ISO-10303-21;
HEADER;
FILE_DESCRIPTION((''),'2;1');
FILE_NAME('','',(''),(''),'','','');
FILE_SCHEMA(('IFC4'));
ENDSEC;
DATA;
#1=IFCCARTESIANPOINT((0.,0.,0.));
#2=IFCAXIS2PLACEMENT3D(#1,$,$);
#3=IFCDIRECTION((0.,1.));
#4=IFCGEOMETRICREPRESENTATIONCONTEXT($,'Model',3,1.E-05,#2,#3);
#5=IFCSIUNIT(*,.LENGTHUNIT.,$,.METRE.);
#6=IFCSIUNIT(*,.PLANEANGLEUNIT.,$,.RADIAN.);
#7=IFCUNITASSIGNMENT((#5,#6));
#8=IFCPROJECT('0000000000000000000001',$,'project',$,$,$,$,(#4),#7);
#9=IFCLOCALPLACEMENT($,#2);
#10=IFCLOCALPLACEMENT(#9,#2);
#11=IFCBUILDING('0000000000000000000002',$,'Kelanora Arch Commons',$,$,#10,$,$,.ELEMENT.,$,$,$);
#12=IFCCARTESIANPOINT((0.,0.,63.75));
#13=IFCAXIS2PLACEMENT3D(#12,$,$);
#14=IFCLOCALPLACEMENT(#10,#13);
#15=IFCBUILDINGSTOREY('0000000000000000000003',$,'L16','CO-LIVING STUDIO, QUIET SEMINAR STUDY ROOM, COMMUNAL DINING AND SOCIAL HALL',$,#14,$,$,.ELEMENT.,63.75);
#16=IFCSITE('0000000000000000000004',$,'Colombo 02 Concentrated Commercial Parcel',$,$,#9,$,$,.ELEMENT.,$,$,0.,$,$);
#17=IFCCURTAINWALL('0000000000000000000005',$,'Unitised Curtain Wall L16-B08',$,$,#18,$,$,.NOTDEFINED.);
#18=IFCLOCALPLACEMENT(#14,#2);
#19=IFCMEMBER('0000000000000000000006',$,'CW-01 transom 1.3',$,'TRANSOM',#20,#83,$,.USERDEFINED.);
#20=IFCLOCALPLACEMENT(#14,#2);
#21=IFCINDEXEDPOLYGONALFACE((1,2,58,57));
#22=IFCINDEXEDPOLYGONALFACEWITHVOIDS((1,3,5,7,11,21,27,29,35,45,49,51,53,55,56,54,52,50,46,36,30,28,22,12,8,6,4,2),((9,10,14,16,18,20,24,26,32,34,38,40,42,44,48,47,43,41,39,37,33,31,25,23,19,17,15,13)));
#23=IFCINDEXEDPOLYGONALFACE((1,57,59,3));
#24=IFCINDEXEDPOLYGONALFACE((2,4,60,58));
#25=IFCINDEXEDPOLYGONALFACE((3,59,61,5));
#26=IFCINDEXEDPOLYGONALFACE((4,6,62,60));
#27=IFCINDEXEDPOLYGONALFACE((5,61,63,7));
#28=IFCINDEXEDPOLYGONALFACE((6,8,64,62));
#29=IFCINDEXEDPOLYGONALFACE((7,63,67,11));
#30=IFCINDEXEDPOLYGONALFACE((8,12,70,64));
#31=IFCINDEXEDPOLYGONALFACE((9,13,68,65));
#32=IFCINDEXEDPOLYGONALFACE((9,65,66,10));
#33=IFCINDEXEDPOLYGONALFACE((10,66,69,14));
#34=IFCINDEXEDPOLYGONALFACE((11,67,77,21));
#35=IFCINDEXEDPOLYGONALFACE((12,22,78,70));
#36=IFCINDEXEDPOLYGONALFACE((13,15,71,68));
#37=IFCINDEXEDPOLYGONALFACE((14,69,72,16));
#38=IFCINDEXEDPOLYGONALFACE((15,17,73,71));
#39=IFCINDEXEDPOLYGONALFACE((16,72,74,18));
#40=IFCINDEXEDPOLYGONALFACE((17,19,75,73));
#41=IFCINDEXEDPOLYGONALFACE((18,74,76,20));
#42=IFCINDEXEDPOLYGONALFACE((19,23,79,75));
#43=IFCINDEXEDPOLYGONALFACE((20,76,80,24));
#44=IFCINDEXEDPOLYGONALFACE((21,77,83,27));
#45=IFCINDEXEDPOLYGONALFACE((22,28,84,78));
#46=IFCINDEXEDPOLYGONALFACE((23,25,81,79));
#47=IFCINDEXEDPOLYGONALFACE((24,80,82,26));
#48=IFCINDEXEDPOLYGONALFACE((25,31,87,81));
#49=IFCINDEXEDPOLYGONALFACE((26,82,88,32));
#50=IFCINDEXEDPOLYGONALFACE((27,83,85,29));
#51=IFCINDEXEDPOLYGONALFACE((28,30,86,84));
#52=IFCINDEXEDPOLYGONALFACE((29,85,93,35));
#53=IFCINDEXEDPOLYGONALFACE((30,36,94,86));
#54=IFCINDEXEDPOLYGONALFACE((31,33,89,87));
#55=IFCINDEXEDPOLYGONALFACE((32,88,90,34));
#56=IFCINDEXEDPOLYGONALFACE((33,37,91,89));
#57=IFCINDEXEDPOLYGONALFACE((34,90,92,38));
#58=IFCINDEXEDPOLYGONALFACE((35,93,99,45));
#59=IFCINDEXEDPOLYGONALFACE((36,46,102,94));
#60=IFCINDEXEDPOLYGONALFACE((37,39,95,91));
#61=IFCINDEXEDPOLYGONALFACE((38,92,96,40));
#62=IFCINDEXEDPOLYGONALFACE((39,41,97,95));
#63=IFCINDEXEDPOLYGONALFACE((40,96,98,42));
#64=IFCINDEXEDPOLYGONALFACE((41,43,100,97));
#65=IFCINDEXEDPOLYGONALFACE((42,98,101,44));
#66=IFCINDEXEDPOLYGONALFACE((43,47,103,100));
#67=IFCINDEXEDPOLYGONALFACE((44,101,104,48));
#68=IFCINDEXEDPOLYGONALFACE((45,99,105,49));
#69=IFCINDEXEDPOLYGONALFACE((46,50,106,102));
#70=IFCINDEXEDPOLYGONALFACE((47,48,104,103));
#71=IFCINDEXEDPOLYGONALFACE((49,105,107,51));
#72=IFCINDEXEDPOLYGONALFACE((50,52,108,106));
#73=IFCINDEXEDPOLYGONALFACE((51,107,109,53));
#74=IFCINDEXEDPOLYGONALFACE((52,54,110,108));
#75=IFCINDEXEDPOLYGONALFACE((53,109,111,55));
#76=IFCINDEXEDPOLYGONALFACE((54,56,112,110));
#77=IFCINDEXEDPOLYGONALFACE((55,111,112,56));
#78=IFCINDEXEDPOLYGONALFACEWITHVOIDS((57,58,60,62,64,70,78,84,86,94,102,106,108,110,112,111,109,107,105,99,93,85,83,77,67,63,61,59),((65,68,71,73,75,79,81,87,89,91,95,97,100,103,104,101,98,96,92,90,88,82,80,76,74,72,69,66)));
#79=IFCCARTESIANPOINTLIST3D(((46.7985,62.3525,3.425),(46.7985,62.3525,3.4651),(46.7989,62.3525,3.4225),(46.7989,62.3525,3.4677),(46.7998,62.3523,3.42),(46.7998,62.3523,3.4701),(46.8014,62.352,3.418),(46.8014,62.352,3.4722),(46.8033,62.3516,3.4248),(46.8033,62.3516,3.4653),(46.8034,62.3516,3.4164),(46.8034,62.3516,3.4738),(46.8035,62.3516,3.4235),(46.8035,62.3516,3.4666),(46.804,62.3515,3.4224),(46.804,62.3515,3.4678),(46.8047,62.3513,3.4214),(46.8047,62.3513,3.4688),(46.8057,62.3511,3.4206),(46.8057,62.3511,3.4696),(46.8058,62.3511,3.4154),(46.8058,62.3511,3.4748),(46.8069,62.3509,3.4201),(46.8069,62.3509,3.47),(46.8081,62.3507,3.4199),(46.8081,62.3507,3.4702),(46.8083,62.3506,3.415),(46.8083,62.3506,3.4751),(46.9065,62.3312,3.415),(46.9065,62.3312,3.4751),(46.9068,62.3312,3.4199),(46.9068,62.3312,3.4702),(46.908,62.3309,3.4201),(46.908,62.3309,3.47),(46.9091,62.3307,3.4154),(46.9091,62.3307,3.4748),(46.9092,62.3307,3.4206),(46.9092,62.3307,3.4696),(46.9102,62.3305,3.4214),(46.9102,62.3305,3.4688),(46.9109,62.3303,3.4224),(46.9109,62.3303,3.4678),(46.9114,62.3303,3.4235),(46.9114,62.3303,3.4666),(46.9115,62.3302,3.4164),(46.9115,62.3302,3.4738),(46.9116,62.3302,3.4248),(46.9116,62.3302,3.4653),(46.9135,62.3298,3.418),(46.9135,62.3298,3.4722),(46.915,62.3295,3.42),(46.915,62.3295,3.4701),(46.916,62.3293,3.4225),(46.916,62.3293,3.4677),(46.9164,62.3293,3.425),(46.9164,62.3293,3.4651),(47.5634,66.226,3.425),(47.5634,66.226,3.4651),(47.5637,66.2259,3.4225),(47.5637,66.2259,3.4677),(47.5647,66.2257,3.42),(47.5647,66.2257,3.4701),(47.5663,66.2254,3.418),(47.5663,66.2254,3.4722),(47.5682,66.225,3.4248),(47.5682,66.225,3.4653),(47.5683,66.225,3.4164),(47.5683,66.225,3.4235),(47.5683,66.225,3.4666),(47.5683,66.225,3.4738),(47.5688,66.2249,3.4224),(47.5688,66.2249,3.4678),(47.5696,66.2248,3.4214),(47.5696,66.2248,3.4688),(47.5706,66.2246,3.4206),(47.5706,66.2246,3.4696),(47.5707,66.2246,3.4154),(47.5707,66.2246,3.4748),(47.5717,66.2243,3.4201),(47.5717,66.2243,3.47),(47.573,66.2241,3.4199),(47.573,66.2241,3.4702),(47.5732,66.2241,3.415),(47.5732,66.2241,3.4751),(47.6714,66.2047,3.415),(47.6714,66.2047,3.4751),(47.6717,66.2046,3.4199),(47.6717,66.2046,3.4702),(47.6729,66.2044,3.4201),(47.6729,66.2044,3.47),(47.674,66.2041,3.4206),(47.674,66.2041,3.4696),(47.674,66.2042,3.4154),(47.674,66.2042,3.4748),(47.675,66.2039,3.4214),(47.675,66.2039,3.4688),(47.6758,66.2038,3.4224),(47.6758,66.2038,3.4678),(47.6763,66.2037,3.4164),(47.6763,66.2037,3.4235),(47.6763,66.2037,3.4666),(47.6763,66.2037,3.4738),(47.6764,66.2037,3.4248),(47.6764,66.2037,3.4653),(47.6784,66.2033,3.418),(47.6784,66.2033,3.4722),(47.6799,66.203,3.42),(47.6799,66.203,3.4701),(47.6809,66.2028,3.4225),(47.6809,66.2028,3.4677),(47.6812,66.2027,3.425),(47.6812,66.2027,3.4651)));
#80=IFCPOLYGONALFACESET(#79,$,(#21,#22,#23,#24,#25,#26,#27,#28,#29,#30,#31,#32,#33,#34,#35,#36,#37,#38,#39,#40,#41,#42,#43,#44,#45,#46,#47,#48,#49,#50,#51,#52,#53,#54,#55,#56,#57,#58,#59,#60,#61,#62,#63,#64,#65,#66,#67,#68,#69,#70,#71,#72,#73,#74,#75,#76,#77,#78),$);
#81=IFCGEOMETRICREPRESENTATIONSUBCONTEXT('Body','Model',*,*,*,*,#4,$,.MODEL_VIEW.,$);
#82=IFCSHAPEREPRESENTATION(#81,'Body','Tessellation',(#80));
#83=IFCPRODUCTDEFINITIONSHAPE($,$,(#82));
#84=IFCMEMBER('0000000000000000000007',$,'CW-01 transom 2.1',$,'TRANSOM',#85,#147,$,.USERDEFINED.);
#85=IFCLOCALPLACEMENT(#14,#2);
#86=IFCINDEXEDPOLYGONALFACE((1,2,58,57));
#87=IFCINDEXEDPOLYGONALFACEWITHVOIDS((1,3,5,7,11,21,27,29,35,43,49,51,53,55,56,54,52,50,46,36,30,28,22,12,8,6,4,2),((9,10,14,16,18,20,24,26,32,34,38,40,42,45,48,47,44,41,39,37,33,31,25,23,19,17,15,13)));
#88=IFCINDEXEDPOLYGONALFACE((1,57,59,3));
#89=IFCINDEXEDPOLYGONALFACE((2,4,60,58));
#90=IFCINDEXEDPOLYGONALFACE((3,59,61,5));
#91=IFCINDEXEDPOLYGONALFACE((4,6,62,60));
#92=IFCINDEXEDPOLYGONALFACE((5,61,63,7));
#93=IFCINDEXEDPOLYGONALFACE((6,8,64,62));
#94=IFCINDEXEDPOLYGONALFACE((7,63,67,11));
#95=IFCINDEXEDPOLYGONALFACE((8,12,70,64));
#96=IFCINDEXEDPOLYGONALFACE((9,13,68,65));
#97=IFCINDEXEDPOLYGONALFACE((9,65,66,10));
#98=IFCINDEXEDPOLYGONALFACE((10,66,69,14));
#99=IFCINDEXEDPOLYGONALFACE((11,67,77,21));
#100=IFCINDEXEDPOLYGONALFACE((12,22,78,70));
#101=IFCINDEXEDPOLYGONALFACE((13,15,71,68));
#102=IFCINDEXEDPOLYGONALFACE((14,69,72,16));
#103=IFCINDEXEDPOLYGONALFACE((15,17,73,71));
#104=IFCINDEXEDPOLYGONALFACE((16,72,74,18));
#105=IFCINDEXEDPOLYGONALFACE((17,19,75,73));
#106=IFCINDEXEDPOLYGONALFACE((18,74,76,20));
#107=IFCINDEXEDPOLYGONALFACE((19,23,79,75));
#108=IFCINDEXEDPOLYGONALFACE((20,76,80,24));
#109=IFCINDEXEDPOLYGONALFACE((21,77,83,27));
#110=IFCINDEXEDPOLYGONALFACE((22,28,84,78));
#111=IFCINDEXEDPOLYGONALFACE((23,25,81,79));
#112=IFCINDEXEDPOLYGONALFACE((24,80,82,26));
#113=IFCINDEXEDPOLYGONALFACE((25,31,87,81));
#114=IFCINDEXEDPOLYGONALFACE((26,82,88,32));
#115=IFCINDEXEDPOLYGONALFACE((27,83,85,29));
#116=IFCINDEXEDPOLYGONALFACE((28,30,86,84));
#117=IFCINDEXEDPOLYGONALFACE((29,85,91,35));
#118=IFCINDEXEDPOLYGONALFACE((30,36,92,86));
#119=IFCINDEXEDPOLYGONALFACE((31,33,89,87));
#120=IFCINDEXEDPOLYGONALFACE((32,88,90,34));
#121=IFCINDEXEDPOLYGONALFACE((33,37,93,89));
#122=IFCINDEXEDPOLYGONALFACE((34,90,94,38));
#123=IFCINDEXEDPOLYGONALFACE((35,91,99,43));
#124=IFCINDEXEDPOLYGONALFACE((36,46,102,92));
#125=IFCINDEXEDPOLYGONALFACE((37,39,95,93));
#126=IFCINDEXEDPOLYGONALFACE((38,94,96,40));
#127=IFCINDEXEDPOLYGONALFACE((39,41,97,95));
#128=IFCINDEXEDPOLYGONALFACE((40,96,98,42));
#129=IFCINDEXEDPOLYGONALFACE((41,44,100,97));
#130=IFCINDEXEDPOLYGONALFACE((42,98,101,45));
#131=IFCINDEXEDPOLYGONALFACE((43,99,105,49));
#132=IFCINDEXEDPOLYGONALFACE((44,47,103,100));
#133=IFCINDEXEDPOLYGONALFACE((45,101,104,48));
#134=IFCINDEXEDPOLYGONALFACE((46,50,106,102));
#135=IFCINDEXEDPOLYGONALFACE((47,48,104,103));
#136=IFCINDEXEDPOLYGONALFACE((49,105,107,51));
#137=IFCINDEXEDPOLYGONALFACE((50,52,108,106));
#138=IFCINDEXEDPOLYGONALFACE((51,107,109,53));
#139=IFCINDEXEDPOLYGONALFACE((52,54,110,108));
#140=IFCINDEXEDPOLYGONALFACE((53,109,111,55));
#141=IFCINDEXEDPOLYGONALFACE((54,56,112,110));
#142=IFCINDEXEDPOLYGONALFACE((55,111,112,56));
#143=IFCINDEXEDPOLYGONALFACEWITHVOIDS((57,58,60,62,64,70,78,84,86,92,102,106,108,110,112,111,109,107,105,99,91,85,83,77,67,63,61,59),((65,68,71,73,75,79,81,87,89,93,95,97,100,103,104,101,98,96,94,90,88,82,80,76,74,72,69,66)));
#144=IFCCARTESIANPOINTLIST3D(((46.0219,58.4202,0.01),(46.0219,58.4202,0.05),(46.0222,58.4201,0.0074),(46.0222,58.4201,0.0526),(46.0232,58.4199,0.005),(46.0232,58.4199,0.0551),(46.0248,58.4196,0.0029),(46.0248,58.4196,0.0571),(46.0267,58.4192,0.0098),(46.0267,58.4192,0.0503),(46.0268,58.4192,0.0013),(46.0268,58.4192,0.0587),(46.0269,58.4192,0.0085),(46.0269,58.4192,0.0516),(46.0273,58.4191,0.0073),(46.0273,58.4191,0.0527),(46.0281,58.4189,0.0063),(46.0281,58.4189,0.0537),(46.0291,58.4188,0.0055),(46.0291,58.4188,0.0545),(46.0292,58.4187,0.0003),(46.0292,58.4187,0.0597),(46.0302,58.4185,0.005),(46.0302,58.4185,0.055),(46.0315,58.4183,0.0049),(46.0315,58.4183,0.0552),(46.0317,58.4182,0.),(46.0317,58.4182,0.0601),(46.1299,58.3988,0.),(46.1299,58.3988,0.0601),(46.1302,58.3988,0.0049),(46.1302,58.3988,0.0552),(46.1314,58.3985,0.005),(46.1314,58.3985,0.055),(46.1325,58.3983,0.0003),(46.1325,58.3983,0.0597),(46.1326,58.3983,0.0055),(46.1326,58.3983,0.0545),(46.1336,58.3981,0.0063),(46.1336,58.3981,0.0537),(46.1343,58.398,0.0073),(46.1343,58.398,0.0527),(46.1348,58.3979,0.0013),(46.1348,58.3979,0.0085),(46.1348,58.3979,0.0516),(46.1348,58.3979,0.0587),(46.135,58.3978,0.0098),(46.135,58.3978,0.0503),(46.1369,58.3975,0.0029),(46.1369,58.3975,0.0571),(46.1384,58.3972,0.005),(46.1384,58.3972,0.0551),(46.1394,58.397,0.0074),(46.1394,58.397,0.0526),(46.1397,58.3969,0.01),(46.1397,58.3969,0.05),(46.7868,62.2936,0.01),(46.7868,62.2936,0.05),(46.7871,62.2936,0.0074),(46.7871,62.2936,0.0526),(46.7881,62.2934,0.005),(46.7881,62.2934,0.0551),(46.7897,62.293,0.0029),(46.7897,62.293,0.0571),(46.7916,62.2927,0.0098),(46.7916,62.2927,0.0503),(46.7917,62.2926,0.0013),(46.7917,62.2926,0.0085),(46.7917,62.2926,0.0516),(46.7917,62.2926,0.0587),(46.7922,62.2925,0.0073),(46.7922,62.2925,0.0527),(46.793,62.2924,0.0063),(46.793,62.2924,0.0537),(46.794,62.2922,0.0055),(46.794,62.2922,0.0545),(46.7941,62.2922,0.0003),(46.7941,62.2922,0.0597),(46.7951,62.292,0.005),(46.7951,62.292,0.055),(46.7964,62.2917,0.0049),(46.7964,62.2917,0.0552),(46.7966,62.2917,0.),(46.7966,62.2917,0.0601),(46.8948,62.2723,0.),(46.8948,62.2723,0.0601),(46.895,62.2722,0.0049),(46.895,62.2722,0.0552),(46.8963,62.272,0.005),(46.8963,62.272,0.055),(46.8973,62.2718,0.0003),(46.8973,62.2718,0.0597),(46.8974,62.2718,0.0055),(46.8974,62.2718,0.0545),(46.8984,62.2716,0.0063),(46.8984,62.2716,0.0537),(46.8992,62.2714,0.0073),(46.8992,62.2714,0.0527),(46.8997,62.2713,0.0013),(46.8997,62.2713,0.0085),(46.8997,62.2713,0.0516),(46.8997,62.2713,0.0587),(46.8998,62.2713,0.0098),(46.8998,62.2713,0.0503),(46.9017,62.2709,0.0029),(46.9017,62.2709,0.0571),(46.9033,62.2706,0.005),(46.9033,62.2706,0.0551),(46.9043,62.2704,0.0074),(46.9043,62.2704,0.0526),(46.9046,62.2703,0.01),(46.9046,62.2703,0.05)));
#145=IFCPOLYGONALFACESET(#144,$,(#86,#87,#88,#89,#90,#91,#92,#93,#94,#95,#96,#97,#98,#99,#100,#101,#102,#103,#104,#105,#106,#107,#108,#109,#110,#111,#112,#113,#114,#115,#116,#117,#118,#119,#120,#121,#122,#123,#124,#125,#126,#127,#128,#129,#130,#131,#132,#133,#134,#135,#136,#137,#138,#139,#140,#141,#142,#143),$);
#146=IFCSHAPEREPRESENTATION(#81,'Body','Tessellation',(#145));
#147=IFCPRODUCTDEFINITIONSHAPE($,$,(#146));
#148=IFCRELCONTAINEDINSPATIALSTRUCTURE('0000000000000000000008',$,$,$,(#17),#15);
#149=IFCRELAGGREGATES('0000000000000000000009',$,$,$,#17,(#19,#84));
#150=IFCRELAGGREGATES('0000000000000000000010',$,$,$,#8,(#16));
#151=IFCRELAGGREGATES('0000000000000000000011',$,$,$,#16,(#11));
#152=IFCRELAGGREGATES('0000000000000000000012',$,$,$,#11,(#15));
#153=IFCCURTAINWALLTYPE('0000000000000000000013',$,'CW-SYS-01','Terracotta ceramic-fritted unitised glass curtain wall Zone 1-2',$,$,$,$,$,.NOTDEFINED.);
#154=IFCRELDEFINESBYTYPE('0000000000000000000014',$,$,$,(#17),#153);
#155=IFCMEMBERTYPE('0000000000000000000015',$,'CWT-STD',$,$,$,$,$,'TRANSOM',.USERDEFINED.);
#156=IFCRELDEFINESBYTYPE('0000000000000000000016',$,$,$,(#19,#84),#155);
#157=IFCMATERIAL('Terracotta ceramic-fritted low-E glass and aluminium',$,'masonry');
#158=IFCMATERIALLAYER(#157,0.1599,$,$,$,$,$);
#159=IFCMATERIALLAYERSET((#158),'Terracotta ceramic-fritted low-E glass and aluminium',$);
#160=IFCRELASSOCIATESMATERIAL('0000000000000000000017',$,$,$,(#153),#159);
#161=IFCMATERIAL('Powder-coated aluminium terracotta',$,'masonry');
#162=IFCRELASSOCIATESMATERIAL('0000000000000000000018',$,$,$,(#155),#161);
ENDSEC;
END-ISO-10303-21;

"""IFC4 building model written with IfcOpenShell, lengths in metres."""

from ifc_helpers import new_model, si_unit, direction, frame, origin, origin_2d, place, context, subcontext, project, spatial, hollow_rectangle, extrude, material, layer, layer_set, material_profile, profile_set, type_object, element, aggregate, save


model = new_model("IFC4")

# Units and contexts
model_context = context("Model", 3, precision=1e-05, world=origin(), true_north=direction((0.0, 1.0)))
body_context = subcontext(model_context, "Body", "Model", "MODEL_VIEW")
ifc_project = project(units=[si_unit("LENGTHUNIT", "METRE"), si_unit("PLANEANGLEUNIT", "RADIAN")], contexts=[model_context])

# Site, building, storey
site_placement = place(None, origin())
site = spatial("IfcSite", under=ifc_project, at=site_placement, Name="Colombo 02 Concentrated Commercial Parcel", CompositionType="ELEMENT", RefElevation=0.0)
building_placement = place(site_placement, origin())
building = spatial("IfcBuilding", under=site, at=building_placement, Name="Kelanora Arch Commons", CompositionType="ELEMENT")
storey_placement = place(building_placement, frame((0.0, 0.0, 63.75)))
storey = spatial("IfcBuildingStorey", under=building, at=storey_placement, Name="L16", Description="CO-LIVING STUDIO, QUIET SEMINAR STUDY ROOM, COMMUNAL DINING AND SOCIAL HALL", CompositionType="ELEMENT", Elevation=63.75)

# Curtain wall, members
ifc_material_1 = material(Name="Terracotta ceramic-fritted low-E glass and aluminium", Category="masonry")
ifc_layer_1 = layer(ifc_material_1, 0.1599)
ifc_layer_set_1 = layer_set([ifc_layer_1], Name="Terracotta ceramic-fritted low-E glass and aluminium")
curtain_wall_type = type_object("IfcCurtainWallType", Name="CW-SYS-01", Description="Terracotta ceramic-fritted unitised glass curtain wall Zone 1-2", PredefinedType="NOTDEFINED", material=ifc_layer_set_1)
curtain_wall_placement = place(storey_placement, origin())
curtain_wall = element("IfcCurtainWall", 1, at=curtain_wall_placement, inside=storey, type_object=curtain_wall_type, Name="Unitised Curtain Wall L16-B08", PredefinedType="NOTDEFINED")
ifc_material_2 = material(Name="Powder-coated aluminium terracotta", Category="masonry")
ifc_material_profile_1 = material_profile(ifc_material_2, hollow_rectangle(XDim=0.1201, YDim=0.0601, WallThickness=0.0049, InnerFilletRadius=0.0049, OuterFilletRadius=0.01, at=origin_2d()), Name="CWT120x60")
ifc_profile_set_1 = profile_set([ifc_material_profile_1], Name="Powder-coated aluminium terracotta")
member_type_1 = type_object("IfcMemberType", Name="CWT-STD", ElementType="TRANSOM", PredefinedType="USERDEFINED", material=ifc_profile_set_1)
member_1_placement = place(storey_placement, frame((47.6223, 66.2144, 3.4451), z_axis=(-0.193725, -0.981056, 0.0), x_axis=(0.981056, -0.193725, 0.0)))
member_1 = element("IfcMember", 2, at=member_1_placement, type_object=member_type_1, Name="CW-01 transom 1.3", ObjectType="TRANSOM", PredefinedType="USERDEFINED", context=body_context, shape_type="SweptSolid", body=[
    extrude(hollow_rectangle(XDim=0.1201, YDim=0.0601, WallThickness=0.0049, InnerFilletRadius=0.0049, OuterFilletRadius=0.01, at=origin_2d()), origin(), (0.0, 0.0, 1.0), 3.9482),
])
member_2_placement = place(storey_placement, frame((46.8457, 62.282, 0.03), z_axis=(-0.193725, -0.981056, 0.0), x_axis=(0.981056, -0.193725, 0.0)))
member_2 = element("IfcMember", 3, at=member_2_placement, type_object=member_type_1, Name="CW-01 transom 2.1", ObjectType="TRANSOM", PredefinedType="USERDEFINED", context=body_context, shape_type="SweptSolid", body=[
    extrude(hollow_rectangle(XDim=0.1201, YDim=0.0601, WallThickness=0.0049, InnerFilletRadius=0.0049, OuterFilletRadius=0.01, at=origin_2d()), origin(), (0.0, 0.0, 1.0), 3.9482),
])
aggregate(curtain_wall, [member_1, member_2])

save(model, "model.ifc")
